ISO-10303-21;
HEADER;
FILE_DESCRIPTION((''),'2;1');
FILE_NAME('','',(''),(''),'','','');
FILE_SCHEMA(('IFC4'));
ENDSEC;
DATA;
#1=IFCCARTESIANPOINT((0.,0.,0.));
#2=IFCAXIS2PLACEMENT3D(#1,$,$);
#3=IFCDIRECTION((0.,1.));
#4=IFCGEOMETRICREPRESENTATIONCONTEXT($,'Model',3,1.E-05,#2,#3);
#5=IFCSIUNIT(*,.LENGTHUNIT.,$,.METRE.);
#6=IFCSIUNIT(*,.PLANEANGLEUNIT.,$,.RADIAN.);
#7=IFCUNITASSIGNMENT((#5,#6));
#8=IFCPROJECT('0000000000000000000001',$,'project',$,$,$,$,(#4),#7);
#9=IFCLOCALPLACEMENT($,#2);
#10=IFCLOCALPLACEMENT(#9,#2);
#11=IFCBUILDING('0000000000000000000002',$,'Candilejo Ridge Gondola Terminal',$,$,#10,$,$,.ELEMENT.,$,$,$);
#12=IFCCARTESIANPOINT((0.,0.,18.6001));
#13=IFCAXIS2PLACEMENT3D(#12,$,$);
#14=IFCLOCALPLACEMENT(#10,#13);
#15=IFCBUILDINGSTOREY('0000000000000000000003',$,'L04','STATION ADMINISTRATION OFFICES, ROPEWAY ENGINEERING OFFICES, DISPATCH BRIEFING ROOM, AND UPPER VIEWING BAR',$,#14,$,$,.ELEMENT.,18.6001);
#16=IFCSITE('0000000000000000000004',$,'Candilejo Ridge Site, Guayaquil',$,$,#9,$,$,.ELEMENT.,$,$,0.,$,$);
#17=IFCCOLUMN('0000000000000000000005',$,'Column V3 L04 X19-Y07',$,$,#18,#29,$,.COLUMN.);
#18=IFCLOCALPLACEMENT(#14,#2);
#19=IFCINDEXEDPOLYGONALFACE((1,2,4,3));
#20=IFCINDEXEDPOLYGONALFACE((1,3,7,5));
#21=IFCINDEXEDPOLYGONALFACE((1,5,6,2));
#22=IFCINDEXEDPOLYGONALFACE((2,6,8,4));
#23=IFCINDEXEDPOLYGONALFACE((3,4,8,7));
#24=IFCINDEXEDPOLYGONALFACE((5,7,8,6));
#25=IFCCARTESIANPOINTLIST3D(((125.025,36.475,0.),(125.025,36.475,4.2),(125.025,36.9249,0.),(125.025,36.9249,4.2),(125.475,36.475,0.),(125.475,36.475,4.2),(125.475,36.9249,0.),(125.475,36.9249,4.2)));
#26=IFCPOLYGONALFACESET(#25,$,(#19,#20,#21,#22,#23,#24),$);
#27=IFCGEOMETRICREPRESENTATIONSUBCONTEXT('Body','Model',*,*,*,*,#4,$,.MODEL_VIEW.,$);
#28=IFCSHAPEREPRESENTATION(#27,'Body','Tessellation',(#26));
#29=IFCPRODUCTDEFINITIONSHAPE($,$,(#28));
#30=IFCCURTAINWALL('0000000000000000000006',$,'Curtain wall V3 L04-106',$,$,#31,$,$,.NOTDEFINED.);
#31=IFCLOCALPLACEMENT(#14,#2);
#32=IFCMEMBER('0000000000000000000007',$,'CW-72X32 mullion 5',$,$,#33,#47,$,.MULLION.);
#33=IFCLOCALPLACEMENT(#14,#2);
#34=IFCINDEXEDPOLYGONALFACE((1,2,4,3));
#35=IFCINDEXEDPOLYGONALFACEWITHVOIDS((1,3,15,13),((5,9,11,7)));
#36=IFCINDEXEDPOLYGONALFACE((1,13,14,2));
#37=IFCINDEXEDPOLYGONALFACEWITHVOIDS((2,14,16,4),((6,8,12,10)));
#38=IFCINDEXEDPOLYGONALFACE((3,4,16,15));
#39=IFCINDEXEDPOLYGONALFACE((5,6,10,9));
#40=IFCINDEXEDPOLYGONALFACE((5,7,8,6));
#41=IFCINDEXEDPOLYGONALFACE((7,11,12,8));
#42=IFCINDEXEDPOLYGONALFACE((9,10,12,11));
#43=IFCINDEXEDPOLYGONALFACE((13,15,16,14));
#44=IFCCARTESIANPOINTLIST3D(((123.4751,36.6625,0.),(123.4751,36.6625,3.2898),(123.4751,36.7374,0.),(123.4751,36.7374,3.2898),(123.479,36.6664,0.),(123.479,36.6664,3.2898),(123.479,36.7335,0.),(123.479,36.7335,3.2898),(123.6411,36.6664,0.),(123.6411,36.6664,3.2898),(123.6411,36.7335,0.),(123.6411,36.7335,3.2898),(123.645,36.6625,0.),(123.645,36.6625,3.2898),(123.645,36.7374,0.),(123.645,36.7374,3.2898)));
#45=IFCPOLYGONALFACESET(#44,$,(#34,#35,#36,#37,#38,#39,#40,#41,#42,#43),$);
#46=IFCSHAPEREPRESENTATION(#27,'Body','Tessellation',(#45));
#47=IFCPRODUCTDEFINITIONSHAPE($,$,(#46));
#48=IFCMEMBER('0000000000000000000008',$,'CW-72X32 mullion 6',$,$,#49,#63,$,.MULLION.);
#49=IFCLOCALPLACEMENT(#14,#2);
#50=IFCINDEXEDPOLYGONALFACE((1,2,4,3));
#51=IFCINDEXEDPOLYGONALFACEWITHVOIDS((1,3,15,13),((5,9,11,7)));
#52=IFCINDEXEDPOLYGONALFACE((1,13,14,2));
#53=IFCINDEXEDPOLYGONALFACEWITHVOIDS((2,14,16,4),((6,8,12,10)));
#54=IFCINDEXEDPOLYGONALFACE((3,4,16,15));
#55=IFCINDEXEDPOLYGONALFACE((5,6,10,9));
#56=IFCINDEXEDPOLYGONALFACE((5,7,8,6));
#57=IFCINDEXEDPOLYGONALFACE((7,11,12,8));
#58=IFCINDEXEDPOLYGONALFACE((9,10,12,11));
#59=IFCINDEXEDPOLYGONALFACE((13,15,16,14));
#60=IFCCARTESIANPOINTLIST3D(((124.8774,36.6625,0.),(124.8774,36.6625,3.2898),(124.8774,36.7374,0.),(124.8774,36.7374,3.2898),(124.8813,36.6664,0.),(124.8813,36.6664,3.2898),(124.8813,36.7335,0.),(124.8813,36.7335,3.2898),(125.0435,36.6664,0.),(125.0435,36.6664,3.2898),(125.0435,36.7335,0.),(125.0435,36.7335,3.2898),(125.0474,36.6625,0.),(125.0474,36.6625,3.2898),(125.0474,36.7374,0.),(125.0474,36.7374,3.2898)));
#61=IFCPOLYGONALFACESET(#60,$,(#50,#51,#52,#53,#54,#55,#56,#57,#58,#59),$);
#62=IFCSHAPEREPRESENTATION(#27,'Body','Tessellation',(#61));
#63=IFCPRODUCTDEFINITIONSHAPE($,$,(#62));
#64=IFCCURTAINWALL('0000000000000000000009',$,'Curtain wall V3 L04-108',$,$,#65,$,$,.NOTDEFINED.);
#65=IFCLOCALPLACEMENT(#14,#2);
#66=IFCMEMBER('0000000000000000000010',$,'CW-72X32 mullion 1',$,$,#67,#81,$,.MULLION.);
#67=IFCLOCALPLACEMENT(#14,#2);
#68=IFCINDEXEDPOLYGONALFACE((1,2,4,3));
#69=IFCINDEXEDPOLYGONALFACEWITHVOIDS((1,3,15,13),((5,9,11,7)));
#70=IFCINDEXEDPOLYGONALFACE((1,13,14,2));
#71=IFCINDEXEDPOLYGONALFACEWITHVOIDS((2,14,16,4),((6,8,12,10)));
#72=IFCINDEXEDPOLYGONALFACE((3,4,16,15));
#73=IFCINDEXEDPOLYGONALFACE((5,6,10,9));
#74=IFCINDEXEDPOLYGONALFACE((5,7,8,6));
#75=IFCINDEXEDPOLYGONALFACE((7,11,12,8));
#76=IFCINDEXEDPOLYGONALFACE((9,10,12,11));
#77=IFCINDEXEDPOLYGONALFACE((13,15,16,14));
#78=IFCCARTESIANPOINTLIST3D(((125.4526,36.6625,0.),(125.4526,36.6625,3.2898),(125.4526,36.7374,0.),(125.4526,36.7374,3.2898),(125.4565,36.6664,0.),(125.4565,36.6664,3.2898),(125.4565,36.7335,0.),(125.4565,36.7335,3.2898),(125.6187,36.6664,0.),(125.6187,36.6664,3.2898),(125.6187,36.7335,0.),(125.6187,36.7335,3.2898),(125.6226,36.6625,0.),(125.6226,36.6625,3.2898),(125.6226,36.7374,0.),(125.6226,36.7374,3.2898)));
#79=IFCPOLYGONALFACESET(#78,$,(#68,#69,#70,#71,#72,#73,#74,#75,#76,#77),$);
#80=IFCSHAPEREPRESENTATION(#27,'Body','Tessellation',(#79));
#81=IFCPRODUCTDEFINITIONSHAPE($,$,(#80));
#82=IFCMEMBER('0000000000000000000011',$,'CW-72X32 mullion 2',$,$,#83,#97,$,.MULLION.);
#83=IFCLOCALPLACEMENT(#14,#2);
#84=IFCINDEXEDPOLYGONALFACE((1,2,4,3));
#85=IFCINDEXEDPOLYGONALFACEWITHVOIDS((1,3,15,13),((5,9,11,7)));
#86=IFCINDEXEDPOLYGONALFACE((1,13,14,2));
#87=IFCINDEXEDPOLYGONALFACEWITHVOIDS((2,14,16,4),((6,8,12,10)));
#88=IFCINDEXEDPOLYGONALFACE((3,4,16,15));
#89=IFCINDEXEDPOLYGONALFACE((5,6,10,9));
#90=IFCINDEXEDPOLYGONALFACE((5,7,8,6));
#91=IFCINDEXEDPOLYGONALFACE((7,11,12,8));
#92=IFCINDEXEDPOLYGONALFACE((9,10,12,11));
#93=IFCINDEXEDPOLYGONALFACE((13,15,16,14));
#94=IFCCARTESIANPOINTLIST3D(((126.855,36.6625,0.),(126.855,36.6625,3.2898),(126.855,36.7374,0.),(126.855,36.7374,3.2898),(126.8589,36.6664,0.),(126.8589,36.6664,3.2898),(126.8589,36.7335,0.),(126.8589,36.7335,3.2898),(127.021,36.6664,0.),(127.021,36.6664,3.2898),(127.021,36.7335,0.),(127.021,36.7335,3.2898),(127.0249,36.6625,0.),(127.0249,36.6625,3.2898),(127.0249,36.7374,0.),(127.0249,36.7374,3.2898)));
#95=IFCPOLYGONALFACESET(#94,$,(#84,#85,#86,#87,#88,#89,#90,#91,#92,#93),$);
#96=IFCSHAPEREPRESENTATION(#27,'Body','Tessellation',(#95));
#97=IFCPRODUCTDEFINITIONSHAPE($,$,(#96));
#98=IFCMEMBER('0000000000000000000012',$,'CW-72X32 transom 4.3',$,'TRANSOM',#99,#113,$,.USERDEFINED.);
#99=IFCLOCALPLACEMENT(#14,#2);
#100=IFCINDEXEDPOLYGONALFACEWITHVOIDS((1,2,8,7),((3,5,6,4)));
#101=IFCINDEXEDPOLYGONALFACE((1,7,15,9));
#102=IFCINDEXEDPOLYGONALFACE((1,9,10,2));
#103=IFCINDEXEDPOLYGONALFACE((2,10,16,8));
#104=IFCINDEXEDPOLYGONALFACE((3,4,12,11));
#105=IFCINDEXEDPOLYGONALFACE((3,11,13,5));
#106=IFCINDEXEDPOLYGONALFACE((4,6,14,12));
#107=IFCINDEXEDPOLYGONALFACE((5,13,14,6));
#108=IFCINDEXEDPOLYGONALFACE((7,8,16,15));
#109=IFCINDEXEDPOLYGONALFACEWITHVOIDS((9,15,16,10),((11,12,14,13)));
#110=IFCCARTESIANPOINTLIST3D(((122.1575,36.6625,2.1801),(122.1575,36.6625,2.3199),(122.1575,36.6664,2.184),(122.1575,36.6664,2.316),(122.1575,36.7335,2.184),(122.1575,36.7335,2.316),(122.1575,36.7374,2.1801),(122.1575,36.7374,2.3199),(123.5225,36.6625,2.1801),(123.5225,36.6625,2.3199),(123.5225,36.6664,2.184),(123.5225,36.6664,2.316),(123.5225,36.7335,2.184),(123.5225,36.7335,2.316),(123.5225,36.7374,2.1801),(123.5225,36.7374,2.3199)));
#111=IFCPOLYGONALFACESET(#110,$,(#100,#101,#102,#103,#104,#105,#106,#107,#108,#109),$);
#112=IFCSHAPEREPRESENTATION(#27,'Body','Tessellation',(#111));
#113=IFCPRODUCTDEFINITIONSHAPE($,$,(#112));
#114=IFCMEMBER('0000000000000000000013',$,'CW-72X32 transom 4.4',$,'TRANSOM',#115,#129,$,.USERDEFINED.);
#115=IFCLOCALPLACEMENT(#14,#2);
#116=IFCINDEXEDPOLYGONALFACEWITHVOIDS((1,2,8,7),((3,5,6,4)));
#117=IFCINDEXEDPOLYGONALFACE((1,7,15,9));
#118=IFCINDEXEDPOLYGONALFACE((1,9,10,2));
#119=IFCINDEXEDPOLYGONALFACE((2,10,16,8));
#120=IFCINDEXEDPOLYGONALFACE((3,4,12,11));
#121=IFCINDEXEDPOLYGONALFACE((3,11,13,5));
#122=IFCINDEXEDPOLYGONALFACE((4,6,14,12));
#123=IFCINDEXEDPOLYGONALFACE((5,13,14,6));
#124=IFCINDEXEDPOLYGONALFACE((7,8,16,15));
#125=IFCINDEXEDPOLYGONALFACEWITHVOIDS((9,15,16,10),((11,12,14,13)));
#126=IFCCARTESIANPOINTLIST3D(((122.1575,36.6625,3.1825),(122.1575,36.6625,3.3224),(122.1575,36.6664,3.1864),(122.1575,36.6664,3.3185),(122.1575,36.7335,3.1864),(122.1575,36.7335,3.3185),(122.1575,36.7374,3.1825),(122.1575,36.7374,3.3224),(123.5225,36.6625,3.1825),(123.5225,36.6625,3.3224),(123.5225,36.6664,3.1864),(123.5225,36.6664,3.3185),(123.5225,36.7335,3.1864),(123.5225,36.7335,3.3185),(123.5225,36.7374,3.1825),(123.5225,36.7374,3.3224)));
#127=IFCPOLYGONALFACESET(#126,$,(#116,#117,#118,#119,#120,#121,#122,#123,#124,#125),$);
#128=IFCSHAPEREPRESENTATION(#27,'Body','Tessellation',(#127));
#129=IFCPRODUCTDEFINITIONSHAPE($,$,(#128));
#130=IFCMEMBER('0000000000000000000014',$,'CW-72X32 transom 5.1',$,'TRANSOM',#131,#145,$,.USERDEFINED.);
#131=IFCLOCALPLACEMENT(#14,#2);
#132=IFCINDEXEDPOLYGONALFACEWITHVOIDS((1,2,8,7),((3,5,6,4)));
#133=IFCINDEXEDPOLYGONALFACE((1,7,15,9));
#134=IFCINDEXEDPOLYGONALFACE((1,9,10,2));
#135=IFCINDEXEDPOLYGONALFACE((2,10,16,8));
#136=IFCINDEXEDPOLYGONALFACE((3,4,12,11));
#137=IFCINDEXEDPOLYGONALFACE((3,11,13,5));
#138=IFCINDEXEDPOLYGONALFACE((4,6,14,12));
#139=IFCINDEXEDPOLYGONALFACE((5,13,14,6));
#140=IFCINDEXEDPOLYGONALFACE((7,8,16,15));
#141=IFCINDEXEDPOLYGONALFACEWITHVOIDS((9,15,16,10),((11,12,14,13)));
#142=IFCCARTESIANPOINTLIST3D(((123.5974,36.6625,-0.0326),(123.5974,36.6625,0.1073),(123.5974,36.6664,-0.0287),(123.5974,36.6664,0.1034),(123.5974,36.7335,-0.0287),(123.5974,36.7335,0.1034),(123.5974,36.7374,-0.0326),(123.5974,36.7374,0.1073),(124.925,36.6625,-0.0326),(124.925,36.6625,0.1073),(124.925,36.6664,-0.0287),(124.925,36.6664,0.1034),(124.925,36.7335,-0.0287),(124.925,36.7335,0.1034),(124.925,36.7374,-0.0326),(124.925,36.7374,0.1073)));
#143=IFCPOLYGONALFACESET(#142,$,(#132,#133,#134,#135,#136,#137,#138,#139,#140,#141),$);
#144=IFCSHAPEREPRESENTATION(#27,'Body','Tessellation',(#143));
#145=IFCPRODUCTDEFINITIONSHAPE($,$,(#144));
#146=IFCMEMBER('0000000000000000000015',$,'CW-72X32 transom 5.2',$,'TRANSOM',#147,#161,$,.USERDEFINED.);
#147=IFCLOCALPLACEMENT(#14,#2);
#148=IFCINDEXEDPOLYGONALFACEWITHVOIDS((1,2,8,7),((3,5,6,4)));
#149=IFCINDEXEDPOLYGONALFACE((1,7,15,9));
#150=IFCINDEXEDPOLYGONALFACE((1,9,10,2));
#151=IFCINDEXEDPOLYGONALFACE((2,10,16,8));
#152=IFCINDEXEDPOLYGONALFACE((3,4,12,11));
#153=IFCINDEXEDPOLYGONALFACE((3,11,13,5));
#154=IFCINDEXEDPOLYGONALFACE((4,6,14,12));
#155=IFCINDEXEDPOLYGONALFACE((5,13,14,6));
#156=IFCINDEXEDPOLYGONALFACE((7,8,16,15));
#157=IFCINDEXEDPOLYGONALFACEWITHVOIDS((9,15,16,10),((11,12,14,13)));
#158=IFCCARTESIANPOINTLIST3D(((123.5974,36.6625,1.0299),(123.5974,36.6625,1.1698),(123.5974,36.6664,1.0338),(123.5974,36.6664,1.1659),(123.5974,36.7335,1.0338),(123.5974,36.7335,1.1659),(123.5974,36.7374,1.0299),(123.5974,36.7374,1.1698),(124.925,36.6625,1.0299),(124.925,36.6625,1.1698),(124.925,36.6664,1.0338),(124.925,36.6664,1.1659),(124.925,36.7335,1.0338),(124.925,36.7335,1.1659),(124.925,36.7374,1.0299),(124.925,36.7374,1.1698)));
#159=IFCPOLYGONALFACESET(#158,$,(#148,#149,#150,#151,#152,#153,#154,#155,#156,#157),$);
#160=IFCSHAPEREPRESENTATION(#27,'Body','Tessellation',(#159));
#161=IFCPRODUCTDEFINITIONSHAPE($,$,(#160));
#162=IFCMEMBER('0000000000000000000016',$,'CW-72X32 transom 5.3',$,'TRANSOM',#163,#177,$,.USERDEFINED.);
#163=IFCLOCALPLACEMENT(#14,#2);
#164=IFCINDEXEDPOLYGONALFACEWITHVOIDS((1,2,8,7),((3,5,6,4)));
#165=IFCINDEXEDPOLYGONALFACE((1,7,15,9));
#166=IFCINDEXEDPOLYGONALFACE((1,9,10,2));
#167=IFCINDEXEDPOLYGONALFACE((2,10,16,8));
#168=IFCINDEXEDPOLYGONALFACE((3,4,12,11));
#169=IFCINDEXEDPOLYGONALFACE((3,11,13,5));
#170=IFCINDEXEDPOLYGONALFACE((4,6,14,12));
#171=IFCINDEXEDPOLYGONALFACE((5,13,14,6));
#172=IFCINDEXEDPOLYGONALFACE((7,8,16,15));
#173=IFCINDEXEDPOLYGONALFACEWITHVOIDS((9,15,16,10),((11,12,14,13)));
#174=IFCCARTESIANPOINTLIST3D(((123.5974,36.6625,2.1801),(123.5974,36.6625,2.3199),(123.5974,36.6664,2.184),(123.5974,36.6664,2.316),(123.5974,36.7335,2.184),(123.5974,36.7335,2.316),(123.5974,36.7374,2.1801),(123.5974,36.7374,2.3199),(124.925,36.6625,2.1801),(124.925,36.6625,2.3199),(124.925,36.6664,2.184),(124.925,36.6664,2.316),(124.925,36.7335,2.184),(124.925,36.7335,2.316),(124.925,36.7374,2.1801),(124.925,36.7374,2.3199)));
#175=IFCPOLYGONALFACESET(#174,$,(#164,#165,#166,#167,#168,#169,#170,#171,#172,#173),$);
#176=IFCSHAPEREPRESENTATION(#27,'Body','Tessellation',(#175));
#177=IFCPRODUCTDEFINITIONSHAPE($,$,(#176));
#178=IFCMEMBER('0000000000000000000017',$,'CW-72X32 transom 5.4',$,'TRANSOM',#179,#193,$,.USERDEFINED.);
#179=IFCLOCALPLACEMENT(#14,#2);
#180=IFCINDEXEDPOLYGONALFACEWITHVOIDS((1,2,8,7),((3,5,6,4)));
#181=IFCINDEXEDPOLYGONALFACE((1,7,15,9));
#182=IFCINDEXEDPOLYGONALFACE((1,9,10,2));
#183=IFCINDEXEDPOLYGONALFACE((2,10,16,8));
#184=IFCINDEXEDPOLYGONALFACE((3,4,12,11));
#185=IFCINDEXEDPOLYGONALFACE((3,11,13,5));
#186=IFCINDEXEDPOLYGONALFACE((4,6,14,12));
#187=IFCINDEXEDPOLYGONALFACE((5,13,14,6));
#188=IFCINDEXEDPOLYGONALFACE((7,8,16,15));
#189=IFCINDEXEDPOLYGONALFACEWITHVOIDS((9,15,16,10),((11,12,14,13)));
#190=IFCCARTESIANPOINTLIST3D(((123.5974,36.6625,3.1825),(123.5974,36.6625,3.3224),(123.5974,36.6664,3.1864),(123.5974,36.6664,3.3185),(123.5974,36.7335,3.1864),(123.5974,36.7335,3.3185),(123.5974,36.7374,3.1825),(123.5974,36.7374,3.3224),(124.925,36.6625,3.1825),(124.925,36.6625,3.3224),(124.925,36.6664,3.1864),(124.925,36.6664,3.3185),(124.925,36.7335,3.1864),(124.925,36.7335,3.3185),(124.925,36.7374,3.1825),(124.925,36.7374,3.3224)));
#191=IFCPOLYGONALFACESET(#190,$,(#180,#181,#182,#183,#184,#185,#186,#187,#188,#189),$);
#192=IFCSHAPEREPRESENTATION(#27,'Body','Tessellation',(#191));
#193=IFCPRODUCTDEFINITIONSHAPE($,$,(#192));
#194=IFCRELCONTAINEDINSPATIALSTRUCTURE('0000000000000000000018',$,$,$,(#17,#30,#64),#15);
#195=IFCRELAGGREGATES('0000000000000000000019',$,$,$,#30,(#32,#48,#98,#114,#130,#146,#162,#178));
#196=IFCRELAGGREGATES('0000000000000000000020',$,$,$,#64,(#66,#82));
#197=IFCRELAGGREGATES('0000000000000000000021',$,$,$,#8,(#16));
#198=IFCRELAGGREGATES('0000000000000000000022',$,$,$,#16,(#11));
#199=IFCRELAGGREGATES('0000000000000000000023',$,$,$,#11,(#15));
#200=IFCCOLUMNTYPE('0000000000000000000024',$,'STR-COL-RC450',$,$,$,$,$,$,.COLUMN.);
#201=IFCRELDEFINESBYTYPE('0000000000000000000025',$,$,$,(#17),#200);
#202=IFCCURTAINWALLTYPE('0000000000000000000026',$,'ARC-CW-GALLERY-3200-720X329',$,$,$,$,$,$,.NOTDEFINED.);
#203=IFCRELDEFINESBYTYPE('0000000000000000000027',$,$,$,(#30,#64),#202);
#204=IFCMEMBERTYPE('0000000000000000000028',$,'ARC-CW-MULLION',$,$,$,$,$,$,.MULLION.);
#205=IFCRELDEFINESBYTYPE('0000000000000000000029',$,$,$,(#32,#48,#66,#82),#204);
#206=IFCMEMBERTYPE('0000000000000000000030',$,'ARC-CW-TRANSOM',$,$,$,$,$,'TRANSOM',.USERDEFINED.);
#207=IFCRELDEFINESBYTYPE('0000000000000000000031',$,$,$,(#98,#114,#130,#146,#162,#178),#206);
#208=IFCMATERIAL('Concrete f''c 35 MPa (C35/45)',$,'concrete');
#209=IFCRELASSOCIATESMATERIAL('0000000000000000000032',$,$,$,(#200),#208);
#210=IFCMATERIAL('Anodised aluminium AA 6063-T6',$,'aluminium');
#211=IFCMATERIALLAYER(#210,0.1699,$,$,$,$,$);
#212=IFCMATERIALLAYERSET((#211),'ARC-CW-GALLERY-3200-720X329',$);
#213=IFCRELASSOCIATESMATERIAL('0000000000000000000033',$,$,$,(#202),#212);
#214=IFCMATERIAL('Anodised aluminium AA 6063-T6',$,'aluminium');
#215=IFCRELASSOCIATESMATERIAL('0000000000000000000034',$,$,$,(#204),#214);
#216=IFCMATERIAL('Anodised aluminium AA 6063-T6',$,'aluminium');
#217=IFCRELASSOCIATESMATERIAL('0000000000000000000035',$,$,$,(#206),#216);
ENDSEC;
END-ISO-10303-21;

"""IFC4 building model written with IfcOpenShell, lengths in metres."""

from ifc_helpers import new_model, si_unit, direction, frame, origin, origin_2d, place, context, subcontext, project, spatial, rectangle, hollow_rectangle, extrude, material, layer, layer_set, material_profile, profile_set, type_object, element, aggregate, save


model = new_model("IFC4")

# Units and contexts
model_context = context("Model", 3, precision=1e-05, world=origin(), true_north=direction((0.0, 1.0)))
body_context = subcontext(model_context, "Body", "Model", "MODEL_VIEW")
ifc_project = project(units=[si_unit("LENGTHUNIT", "METRE"), si_unit("PLANEANGLEUNIT", "RADIAN")], contexts=[model_context])

# Site, building, storey
site_placement = place(None, origin())
site = spatial("IfcSite", under=ifc_project, at=site_placement, Name="Candilejo Ridge Site, Guayaquil", CompositionType="ELEMENT", RefElevation=0.0)
building_placement = place(site_placement, origin())
building = spatial("IfcBuilding", under=site, at=building_placement, Name="Candilejo Ridge Gondola Terminal", CompositionType="ELEMENT")
storey_placement = place(building_placement, frame((0.0, 0.0, 18.6001)))
storey = spatial("IfcBuildingStorey", under=building, at=storey_placement, Name="L04", Description="STATION ADMINISTRATION OFFICES, ROPEWAY ENGINEERING OFFICES, DISPATCH BRIEFING ROOM, AND UPPER VIEWING BAR", CompositionType="ELEMENT", Elevation=18.6001)

# Column
ifc_material_1 = material(Name="Concrete f'c 35 MPa (C35/45)", Category="concrete")
ifc_material_profile_1 = material_profile(ifc_material_1, rectangle(XDim=0.45, YDim=0.45, at=origin_2d()))
ifc_profile_set_1 = profile_set([ifc_material_profile_1], Name="Concrete f'c 35 MPa (C35/45)")
column_type = type_object("IfcColumnType", Name="STR-COL-RC450", PredefinedType="COLUMN", material=ifc_profile_set_1)
column_placement = place(storey_placement, frame((125.25, 36.7, 0.0), z_axis=(0.0, 0.0, 1.0), x_axis=(1.0, 0.0, 0.0)))
element("IfcColumn", 1, at=column_placement, inside=storey, type_object=column_type, Name="Column V3 L04 X19-Y07", PredefinedType="COLUMN", context=body_context, shape_type="SweptSolid", body=[
    extrude(rectangle(XDim=0.45, YDim=0.45, at=origin_2d()), origin(), (0.0, 0.0, 1.0), 4.2),
])

# Curtain walls, members
ifc_material_2 = material(Name="Anodised aluminium AA 6063-T6", Category="aluminium")
ifc_layer_1 = layer(ifc_material_2, 0.1699)
ifc_layer_set_1 = layer_set([ifc_layer_1], Name="ARC-CW-GALLERY-3200-720X329")
curtain_wall_type = type_object("IfcCurtainWallType", Name="ARC-CW-GALLERY-3200-720X329", PredefinedType="NOTDEFINED", material=ifc_layer_set_1)
curtain_wall_1_placement = place(storey_placement, origin())
curtain_wall_1 = element("IfcCurtainWall", 2, at=curtain_wall_1_placement, inside=storey, type_object=curtain_wall_type, Name="Curtain wall V3 L04-106", PredefinedType="NOTDEFINED")
ifc_material_3 = material(Name="Anodised aluminium AA 6063-T6", Category="aluminium")
ifc_material_profile_2 = material_profile(ifc_material_3, hollow_rectangle(XDim=0.075, YDim=0.1699, WallThickness=0.0039, at=origin_2d()))
ifc_profile_set_2 = profile_set([ifc_material_profile_2], Name="Anodised aluminium AA 6063-T6")
member_type_1 = type_object("IfcMemberType", Name="ARC-CW-MULLION", PredefinedType="MULLION", material=ifc_profile_set_2)
member_1_placement = place(storey_placement, frame((123.5601, 36.7, 0.0), z_axis=(0.0, 0.0, 1.0), x_axis=(0.0, 1.0, 0.0)))
member_1 = element("IfcMember", 3, at=member_1_placement, type_object=member_type_1, Name="CW-72X32 mullion 5", PredefinedType="MULLION", context=body_context, shape_type="SweptSolid", body=[
    extrude(hollow_rectangle(XDim=0.075, YDim=0.1699, WallThickness=0.0039, at=origin_2d()), origin(), (0.0, 0.0, 1.0), 3.2898),
])
member_2_placement = place(storey_placement, frame((124.9624, 36.7, 0.0), z_axis=(0.0, 0.0, 1.0), x_axis=(0.0, 1.0, 0.0)))
member_2 = element("IfcMember", 4, at=member_2_placement, type_object=member_type_1, Name="CW-72X32 mullion 6", PredefinedType="MULLION", context=body_context, shape_type="SweptSolid", body=[
    extrude(hollow_rectangle(XDim=0.075, YDim=0.1699, WallThickness=0.0039, at=origin_2d()), origin(), (0.0, 0.0, 1.0), 3.2898),
])
curtain_wall_2_placement = place(storey_placement, origin())
curtain_wall_2 = element("IfcCurtainWall", 5, at=curtain_wall_2_placement, inside=storey, type_object=curtain_wall_type, Name="Curtain wall V3 L04-108", PredefinedType="NOTDEFINED")
member_3_placement = place(storey_placement, frame((125.5376, 36.7, 0.0), z_axis=(0.0, 0.0, 1.0), x_axis=(0.0, 1.0, 0.0)))
member_3 = element("IfcMember", 6, at=member_3_placement, type_object=member_type_1, Name="CW-72X32 mullion 1", PredefinedType="MULLION", context=body_context, shape_type="SweptSolid", body=[
    extrude(hollow_rectangle(XDim=0.075, YDim=0.1699, WallThickness=0.0039, at=origin_2d()), origin(), (0.0, 0.0, 1.0), 3.2898),
])
member_4_placement = place(storey_placement, frame((126.9399, 36.7, 0.0), z_axis=(0.0, 0.0, 1.0), x_axis=(0.0, 1.0, 0.0)))
member_4 = element("IfcMember", 7, at=member_4_placement, type_object=member_type_1, Name="CW-72X32 mullion 2", PredefinedType="MULLION", context=body_context, shape_type="SweptSolid", body=[
    extrude(hollow_rectangle(XDim=0.075, YDim=0.1699, WallThickness=0.0039, at=origin_2d()), origin(), (0.0, 0.0, 1.0), 3.2898),
])

# Members
ifc_material_4 = material(Name="Anodised aluminium AA 6063-T6", Category="aluminium")
ifc_material_profile_3 = material_profile(ifc_material_4, hollow_rectangle(XDim=0.075, YDim=0.1399, WallThickness=0.0039, at=origin_2d()))
ifc_profile_set_3 = profile_set([ifc_material_profile_3], Name="Anodised aluminium AA 6063-T6")
member_type_2 = type_object("IfcMemberType", Name="ARC-CW-TRANSOM", ElementType="TRANSOM", PredefinedType="USERDEFINED", material=ifc_profile_set_3)
member_5_placement = place(storey_placement, frame((122.1575, 36.7, 2.25), z_axis=(1.0, 0.0, 0.0), x_axis=(0.0, 1.0, 0.0)))
member_5 = element("IfcMember", 8, at=member_5_placement, type_object=member_type_2, Name="CW-72X32 transom 4.3", ObjectType="TRANSOM", PredefinedType="USERDEFINED", context=body_context, shape_type="SweptSolid", body=[
    extrude(hollow_rectangle(XDim=0.075, YDim=0.1399, WallThickness=0.0039, at=origin_2d()), origin(), (0.0, 0.0, 1.0), 1.365),
])
member_6_placement = place(storey_placement, frame((122.1575, 36.7, 3.2524), z_axis=(1.0, 0.0, 0.0), x_axis=(0.0, 1.0, 0.0)))
member_6 = element("IfcMember", 9, at=member_6_placement, type_object=member_type_2, Name="CW-72X32 transom 4.4", ObjectType="TRANSOM", PredefinedType="USERDEFINED", context=body_context, shape_type="SweptSolid", body=[
    extrude(hollow_rectangle(XDim=0.075, YDim=0.1399, WallThickness=0.0039, at=origin_2d()), origin(), (0.0, 0.0, 1.0), 1.365),
])
member_7_placement = place(storey_placement, frame((123.5974, 36.7, 0.0374), z_axis=(1.0, 0.0, 0.0), x_axis=(0.0, 1.0, 0.0)))
member_7 = element("IfcMember", 10, at=member_7_placement, type_object=member_type_2, Name="CW-72X32 transom 5.1", ObjectType="TRANSOM", PredefinedType="USERDEFINED", context=body_context, shape_type="SweptSolid", body=[
    extrude(hollow_rectangle(XDim=0.075, YDim=0.1399, WallThickness=0.0039, at=origin_2d()), origin(), (0.0, 0.0, 1.0), 1.3276),
])
member_8_placement = place(storey_placement, frame((123.5974, 36.7, 1.0999), z_axis=(1.0, 0.0, 0.0), x_axis=(0.0, 1.0, 0.0)))
member_8 = element("IfcMember", 11, at=member_8_placement, type_object=member_type_2, Name="CW-72X32 transom 5.2", ObjectType="TRANSOM", PredefinedType="USERDEFINED", context=body_context, shape_type="SweptSolid", body=[
    extrude(hollow_rectangle(XDim=0.075, YDim=0.1399, WallThickness=0.0039, at=origin_2d()), origin(), (0.0, 0.0, 1.0), 1.3276),
])
member_9_placement = place(storey_placement, frame((123.5974, 36.7, 2.25), z_axis=(1.0, 0.0, 0.0), x_axis=(0.0, 1.0, 0.0)))
member_9 = element("IfcMember", 12, at=member_9_placement, type_object=member_type_2, Name="CW-72X32 transom 5.3", ObjectType="TRANSOM", PredefinedType="USERDEFINED", context=body_context, shape_type="SweptSolid", body=[
    extrude(hollow_rectangle(XDim=0.075, YDim=0.1399, WallThickness=0.0039, at=origin_2d()), origin(), (0.0, 0.0, 1.0), 1.3276),
])
member_10_placement = place(storey_placement, frame((123.5974, 36.7, 3.2524), z_axis=(1.0, 0.0, 0.0), x_axis=(0.0, 1.0, 0.0)))
member_10 = element("IfcMember", 13, at=member_10_placement, type_object=member_type_2, Name="CW-72X32 transom 5.4", ObjectType="TRANSOM", PredefinedType="USERDEFINED", context=body_context, shape_type="SweptSolid", body=[
    extrude(hollow_rectangle(XDim=0.075, YDim=0.1399, WallThickness=0.0039, at=origin_2d()), origin(), (0.0, 0.0, 1.0), 1.3276),
])

aggregate(curtain_wall_1, [member_1, member_2, member_5, member_6, member_7, member_8, member_9, member_10])
aggregate(curtain_wall_2, [member_3, member_4])

save(model, "model.ifc")
